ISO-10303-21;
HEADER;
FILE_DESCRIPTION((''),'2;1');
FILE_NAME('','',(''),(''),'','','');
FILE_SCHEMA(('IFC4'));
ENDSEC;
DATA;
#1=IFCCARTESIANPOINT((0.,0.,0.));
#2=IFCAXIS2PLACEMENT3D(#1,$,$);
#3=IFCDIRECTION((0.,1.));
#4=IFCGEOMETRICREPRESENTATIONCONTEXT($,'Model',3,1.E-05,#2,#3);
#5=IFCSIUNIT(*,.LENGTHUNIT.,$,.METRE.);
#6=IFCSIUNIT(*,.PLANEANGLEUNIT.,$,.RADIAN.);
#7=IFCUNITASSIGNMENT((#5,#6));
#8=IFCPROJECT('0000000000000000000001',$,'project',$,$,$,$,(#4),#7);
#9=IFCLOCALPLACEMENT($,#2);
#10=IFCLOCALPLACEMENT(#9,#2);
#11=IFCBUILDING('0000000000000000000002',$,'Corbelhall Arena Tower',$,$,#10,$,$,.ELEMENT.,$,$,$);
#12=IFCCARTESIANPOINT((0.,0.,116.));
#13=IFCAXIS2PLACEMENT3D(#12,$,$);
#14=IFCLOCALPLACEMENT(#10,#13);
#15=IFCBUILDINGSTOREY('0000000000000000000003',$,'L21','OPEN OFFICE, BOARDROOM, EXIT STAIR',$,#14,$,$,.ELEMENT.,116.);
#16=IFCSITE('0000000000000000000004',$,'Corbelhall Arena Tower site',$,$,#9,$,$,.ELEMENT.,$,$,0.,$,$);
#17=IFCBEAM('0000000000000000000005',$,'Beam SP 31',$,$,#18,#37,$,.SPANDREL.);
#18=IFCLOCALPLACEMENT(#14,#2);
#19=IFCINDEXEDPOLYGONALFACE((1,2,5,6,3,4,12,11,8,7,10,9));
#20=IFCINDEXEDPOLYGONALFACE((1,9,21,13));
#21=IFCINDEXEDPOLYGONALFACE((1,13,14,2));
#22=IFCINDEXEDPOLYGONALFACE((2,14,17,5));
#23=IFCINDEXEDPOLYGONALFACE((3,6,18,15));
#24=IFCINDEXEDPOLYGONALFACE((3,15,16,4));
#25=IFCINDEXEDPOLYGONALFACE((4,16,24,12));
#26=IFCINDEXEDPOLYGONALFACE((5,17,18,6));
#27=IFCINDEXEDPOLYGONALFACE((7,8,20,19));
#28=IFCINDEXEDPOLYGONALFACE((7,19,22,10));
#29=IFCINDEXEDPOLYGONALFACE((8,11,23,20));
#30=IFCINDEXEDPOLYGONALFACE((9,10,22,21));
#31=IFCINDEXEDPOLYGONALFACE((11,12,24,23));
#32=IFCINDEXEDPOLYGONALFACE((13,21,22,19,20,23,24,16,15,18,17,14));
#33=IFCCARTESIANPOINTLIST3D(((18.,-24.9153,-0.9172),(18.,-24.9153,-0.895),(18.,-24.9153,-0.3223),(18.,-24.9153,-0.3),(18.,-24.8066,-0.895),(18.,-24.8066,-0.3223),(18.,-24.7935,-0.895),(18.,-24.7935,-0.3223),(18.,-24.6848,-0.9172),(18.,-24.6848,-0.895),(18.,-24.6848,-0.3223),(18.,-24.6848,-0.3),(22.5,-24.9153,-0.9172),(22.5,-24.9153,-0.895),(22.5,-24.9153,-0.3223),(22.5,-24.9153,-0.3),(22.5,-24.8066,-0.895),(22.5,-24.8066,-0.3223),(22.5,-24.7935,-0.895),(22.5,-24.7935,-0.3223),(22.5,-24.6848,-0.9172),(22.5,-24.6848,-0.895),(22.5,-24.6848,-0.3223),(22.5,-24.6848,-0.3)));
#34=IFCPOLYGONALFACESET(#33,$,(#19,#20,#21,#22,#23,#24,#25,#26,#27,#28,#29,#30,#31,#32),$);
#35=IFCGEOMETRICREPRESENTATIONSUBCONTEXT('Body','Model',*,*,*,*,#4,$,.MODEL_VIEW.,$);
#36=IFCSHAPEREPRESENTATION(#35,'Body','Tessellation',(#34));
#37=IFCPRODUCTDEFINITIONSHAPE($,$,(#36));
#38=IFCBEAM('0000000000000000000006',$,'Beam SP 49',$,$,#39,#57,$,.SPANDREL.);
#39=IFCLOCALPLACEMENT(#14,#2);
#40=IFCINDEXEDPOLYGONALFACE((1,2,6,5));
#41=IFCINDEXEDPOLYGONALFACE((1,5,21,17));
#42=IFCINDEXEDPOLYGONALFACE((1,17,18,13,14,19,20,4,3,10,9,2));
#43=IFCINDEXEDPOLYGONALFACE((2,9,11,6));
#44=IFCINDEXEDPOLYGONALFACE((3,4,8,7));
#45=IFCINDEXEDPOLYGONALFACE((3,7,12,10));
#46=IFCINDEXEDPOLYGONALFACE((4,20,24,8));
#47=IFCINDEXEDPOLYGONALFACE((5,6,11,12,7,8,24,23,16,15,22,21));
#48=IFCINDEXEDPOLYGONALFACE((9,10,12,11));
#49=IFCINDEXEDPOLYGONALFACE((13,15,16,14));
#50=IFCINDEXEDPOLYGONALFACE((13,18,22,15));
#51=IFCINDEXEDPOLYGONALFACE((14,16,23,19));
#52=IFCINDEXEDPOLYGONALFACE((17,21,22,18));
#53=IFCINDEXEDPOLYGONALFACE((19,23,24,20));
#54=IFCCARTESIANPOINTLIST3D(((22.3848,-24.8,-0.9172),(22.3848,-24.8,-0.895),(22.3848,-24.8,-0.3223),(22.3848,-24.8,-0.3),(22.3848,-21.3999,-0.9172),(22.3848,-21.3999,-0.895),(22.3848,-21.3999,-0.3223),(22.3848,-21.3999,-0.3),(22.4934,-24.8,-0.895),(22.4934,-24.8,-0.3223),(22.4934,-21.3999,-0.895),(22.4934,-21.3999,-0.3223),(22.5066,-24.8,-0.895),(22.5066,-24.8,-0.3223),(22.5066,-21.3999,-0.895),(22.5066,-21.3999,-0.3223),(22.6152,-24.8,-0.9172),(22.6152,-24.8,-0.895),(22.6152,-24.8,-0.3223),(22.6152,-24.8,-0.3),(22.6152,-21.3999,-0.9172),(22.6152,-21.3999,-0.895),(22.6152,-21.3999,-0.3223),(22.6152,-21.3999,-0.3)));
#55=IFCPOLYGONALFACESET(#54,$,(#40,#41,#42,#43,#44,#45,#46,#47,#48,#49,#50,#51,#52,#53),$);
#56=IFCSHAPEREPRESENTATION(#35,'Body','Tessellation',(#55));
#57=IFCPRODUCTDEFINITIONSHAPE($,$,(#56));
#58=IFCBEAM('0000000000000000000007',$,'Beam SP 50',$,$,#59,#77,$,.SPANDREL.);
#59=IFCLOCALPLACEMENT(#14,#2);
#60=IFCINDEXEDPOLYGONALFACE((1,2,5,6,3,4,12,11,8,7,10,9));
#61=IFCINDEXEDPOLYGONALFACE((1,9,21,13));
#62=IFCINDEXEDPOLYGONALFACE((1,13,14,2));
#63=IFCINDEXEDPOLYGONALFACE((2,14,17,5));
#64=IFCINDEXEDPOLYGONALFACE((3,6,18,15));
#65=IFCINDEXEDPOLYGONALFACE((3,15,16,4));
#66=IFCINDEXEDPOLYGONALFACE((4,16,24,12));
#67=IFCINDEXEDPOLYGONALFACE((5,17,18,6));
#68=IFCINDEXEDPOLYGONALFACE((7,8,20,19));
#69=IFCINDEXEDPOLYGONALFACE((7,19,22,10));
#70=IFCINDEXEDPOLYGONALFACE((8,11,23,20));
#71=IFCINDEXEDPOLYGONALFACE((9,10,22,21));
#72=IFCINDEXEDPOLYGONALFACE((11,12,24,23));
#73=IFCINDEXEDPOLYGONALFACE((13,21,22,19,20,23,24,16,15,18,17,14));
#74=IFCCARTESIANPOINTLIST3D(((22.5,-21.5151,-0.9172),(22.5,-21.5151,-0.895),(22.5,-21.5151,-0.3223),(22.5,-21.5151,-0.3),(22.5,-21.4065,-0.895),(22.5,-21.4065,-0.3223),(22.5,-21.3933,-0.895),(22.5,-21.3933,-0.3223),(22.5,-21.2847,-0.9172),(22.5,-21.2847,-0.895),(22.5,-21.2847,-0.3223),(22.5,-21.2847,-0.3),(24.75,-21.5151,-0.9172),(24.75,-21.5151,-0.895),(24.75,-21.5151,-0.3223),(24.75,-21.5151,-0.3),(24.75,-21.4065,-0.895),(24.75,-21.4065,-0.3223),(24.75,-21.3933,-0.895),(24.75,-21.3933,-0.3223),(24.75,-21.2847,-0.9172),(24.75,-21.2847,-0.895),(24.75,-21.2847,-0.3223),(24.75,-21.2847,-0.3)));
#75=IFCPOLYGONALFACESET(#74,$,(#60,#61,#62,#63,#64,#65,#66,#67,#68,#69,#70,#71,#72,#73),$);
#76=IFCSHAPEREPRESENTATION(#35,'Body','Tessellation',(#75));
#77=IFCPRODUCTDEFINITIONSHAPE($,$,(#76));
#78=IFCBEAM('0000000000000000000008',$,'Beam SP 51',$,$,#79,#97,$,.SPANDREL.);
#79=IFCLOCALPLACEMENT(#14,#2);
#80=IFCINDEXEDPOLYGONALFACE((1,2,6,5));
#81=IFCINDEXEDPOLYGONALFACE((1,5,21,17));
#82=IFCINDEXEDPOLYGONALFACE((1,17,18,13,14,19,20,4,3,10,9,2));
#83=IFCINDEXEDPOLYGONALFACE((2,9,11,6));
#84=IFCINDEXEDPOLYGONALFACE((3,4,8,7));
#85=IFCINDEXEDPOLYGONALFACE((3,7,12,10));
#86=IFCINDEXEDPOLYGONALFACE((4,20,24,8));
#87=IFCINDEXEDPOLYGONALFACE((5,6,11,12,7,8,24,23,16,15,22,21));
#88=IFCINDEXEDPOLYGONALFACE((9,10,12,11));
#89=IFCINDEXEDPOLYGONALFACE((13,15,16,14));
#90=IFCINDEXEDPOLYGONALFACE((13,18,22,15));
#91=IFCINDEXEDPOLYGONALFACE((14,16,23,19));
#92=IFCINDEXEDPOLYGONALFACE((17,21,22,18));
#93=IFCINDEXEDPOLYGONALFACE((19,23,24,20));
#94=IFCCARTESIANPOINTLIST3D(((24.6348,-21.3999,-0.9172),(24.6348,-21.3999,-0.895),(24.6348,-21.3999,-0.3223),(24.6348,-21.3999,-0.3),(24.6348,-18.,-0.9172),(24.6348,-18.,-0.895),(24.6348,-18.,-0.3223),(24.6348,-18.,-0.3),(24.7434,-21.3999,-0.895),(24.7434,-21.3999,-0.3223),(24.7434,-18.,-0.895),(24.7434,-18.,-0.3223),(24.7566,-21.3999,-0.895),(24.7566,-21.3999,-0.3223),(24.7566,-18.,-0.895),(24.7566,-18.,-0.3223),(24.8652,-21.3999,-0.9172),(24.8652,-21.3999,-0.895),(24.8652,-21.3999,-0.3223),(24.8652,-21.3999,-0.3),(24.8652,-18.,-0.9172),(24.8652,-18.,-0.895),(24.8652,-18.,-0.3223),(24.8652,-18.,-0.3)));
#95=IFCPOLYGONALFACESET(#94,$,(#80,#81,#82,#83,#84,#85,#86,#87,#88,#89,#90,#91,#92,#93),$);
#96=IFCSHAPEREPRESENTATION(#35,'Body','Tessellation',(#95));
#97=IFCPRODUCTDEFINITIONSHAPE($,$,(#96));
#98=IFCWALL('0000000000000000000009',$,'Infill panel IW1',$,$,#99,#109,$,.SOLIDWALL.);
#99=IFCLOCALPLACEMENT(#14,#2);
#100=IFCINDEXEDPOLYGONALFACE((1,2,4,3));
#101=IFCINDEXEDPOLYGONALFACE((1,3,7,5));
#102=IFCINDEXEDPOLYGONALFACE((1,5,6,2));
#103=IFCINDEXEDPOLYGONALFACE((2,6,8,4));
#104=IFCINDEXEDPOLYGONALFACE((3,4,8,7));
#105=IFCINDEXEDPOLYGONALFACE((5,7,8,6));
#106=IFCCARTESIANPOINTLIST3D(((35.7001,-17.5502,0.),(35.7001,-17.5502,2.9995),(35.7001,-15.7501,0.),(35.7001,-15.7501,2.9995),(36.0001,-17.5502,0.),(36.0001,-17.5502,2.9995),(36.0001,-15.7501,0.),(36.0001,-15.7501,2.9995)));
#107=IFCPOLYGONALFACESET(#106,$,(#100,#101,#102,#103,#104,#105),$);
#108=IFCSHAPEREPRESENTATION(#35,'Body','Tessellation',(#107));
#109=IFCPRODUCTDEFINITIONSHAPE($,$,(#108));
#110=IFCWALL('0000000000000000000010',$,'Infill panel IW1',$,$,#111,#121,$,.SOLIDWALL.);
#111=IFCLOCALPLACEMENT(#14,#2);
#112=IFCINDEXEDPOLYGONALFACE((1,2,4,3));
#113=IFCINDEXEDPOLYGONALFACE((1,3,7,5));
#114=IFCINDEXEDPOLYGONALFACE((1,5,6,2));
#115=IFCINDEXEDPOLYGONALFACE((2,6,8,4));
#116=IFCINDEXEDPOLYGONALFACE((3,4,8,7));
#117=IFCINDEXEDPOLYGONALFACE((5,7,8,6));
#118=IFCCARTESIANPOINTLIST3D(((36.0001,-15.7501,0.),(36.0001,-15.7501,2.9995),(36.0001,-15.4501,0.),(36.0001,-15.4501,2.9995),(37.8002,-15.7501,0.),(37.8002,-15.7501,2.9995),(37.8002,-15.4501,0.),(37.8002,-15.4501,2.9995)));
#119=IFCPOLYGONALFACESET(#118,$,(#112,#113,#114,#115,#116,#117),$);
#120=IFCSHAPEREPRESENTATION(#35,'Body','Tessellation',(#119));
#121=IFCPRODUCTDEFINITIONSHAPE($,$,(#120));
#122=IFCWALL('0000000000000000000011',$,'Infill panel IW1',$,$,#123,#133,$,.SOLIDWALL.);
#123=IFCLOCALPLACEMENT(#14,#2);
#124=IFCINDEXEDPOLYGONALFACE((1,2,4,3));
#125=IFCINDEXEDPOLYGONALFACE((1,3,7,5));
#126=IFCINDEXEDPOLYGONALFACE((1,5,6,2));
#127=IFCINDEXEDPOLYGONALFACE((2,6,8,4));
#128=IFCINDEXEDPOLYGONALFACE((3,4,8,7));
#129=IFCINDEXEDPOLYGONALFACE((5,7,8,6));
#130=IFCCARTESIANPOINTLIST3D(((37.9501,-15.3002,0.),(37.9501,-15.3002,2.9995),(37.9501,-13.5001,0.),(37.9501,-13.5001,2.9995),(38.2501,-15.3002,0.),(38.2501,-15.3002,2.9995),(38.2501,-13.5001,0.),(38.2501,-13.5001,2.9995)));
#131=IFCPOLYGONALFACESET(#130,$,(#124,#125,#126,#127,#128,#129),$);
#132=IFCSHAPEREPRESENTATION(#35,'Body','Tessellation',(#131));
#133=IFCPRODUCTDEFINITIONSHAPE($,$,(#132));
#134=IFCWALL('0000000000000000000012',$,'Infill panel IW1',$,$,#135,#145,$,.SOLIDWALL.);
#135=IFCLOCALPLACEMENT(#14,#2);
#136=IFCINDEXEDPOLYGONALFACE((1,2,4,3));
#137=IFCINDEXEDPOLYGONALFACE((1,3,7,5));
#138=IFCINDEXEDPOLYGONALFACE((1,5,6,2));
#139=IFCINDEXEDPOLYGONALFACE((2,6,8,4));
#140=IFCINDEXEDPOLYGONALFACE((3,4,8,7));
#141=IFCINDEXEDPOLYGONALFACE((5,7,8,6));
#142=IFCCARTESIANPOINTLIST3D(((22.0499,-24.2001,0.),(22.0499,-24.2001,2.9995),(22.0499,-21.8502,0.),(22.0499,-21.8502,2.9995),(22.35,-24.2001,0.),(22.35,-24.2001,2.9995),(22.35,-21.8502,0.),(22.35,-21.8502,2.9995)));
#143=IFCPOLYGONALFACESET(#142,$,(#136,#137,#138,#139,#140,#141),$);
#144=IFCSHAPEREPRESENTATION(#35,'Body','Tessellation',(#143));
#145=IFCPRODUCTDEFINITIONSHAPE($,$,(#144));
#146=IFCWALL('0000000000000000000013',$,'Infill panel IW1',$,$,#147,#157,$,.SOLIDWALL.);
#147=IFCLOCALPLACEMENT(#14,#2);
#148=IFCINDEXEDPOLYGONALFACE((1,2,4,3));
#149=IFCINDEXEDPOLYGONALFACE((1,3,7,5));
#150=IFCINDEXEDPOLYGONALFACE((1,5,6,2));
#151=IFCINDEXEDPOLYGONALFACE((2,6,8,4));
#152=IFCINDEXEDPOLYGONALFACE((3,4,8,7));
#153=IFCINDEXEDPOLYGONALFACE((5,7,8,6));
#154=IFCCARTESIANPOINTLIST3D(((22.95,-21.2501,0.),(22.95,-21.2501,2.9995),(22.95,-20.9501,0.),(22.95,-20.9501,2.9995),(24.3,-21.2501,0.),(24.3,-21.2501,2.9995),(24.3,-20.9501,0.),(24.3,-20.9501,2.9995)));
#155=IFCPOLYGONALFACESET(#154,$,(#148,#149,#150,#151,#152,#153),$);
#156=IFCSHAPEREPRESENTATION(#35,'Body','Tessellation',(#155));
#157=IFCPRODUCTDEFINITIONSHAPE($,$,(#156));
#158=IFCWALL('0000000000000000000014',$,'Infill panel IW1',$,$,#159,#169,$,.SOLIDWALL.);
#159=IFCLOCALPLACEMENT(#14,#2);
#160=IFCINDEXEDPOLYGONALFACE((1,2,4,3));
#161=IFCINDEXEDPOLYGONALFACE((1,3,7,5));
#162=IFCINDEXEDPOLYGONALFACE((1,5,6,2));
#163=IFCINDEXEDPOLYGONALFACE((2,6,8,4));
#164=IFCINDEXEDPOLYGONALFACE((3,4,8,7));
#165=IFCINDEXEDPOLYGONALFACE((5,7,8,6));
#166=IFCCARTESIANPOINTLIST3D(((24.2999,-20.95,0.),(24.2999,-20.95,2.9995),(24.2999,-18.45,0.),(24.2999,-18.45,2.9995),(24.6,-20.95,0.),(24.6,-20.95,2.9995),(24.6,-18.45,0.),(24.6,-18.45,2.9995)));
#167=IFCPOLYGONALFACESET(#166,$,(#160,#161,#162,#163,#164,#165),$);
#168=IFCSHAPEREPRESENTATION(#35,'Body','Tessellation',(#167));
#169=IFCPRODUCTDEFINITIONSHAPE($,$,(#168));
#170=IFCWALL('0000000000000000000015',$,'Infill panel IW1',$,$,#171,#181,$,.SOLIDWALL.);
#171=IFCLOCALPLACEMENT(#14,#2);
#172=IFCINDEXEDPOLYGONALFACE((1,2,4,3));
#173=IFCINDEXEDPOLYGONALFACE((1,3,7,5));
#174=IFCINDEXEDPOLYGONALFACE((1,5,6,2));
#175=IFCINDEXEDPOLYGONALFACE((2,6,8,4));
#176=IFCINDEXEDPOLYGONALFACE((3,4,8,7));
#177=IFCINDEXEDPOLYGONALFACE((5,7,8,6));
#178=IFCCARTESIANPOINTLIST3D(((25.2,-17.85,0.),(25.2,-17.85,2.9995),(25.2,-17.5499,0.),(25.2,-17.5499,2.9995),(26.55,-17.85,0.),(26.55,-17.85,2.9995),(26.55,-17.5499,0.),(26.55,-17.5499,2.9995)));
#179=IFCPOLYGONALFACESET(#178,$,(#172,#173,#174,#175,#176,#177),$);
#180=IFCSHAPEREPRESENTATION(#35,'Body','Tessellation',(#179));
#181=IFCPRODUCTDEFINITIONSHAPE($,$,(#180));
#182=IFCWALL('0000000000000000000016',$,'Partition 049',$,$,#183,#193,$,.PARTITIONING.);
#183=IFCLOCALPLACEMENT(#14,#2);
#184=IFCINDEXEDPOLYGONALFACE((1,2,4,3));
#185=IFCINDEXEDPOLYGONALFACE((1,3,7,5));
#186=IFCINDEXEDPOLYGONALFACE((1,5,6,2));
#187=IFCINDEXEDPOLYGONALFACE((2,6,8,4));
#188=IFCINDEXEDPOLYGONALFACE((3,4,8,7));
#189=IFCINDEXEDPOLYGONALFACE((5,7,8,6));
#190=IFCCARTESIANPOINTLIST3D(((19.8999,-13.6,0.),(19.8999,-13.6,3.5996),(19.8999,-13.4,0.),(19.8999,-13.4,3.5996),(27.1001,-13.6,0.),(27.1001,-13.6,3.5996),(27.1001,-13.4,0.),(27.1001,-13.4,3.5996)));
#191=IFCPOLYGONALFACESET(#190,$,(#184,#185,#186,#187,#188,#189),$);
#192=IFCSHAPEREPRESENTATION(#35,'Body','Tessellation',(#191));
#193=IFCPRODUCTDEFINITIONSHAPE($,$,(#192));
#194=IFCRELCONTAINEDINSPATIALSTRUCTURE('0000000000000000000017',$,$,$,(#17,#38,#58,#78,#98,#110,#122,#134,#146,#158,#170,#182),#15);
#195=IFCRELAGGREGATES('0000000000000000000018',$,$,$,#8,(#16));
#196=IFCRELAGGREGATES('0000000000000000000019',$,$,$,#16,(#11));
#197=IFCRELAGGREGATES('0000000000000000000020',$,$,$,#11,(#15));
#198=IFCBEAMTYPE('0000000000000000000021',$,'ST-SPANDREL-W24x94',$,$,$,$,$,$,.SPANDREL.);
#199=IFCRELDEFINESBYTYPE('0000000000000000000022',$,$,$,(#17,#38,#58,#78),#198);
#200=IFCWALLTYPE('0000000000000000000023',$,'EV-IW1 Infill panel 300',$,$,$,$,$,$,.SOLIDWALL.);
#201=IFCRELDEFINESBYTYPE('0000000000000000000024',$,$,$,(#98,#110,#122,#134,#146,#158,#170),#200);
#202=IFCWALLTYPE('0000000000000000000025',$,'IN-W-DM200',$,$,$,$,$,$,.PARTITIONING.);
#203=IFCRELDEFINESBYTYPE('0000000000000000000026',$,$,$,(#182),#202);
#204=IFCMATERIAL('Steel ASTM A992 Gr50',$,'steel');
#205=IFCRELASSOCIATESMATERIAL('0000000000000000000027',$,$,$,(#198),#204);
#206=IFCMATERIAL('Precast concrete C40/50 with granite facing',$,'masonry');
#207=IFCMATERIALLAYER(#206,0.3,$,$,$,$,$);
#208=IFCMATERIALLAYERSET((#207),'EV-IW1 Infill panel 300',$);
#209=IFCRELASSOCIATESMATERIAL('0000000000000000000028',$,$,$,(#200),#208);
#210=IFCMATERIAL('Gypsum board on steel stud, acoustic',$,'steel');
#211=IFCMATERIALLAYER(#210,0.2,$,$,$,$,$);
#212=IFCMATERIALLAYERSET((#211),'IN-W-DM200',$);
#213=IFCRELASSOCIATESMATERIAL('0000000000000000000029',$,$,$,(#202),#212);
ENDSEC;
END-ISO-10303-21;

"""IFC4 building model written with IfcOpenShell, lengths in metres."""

from ifc_helpers import new_model, si_unit, direction, frame, frame_2d, origin, origin_2d, place, context, subcontext, project, spatial, rectangle, i_section, extrude, material, layer, layer_set, material_profile, profile_set, type_object, element, save


model = new_model("IFC4")

# Units and contexts
model_context = context("Model", 3, precision=1e-05, world=origin(), true_north=direction((0.0, 1.0)))
body_context = subcontext(model_context, "Body", "Model", "MODEL_VIEW")
ifc_project = project(units=[si_unit("LENGTHUNIT", "METRE"), si_unit("PLANEANGLEUNIT", "RADIAN")], contexts=[model_context])

# Site, building, storey
site_placement = place(None, origin())
site = spatial("IfcSite", under=ifc_project, at=site_placement, Name="Corbelhall Arena Tower site", CompositionType="ELEMENT", RefElevation=0.0)
building_placement = place(site_placement, origin())
building = spatial("IfcBuilding", under=site, at=building_placement, Name="Corbelhall Arena Tower", CompositionType="ELEMENT")
storey_placement = place(building_placement, frame((0.0, 0.0, 116.0)))
storey = spatial("IfcBuildingStorey", under=building, at=storey_placement, Name="L21", Description="OPEN OFFICE, BOARDROOM, EXIT STAIR", CompositionType="ELEMENT", Elevation=116.0)

# Beams
ifc_material_1 = material(Name="Steel ASTM A992 Gr50", Category="steel")
ifc_material_profile_1 = material_profile(ifc_material_1, i_section(OverallWidth=0.2305, OverallDepth=0.6172, WebThickness=0.0132, FlangeThickness=0.0222, at=origin_2d()))
ifc_profile_set_1 = profile_set([ifc_material_profile_1], Name="Steel ASTM A992 Gr50")
beam_type = type_object("IfcBeamType", Name="ST-SPANDREL-W24x94", PredefinedType="SPANDREL", material=ifc_profile_set_1)
beam_1_placement = place(storey_placement, frame((22.5, -24.8, -0.6086), z_axis=(-1.0, 0.0, 0.0), x_axis=(0.0, -1.0, 0.0)))
element("IfcBeam", 1, at=beam_1_placement, inside=storey, type_object=beam_type, Name="Beam SP 31", PredefinedType="SPANDREL", context=body_context, shape_type="SweptSolid", body=[
    extrude(i_section(OverallWidth=0.2305, OverallDepth=0.6172, WebThickness=0.0132, FlangeThickness=0.0222, at=origin_2d()), origin(), (0.0, 0.0, 1.0), 4.5),
])
beam_2_placement = place(storey_placement, frame((22.5, -21.3999, -0.6086), z_axis=(0.0, -1.0, 0.0), x_axis=(1.0, 0.0, 0.0)))
element("IfcBeam", 2, at=beam_2_placement, inside=storey, type_object=beam_type, Name="Beam SP 49", PredefinedType="SPANDREL", context=body_context, shape_type="SweptSolid", body=[
    extrude(i_section(OverallWidth=0.2305, OverallDepth=0.6172, WebThickness=0.0132, FlangeThickness=0.0222, at=origin_2d()), origin(), (0.0, 0.0, 1.0), 3.4001),
])
beam_3_placement = place(storey_placement, frame((24.75, -21.3999, -0.6086), z_axis=(-1.0, 0.0, 0.0), x_axis=(0.0, -1.0, 0.0)))
element("IfcBeam", 3, at=beam_3_placement, inside=storey, type_object=beam_type, Name="Beam SP 50", PredefinedType="SPANDREL", context=body_context, shape_type="SweptSolid", body=[
    extrude(i_section(OverallWidth=0.2305, OverallDepth=0.6172, WebThickness=0.0132, FlangeThickness=0.0222, at=origin_2d()), origin(), (0.0, 0.0, 1.0), 2.25),
])
beam_4_placement = place(storey_placement, frame((24.75, -18.0, -0.6086), z_axis=(0.0, -1.0, 0.0), x_axis=(1.0, 0.0, 0.0)))
element("IfcBeam", 4, at=beam_4_placement, inside=storey, type_object=beam_type, Name="Beam SP 51", PredefinedType="SPANDREL", context=body_context, shape_type="SweptSolid", body=[
    extrude(i_section(OverallWidth=0.2305, OverallDepth=0.6172, WebThickness=0.0132, FlangeThickness=0.0222, at=origin_2d()), origin(), (0.0, 0.0, 1.0), 3.3999),
])

# Walls
ifc_material_2 = material(Name="Precast concrete C40/50 with granite facing", Category="masonry")
ifc_layer_1 = layer(ifc_material_2, 0.3)
ifc_layer_set_1 = layer_set([ifc_layer_1], Name="EV-IW1 Infill panel 300")
wall_type_1 = type_object("IfcWallType", Name="EV-IW1 Infill panel 300", PredefinedType="SOLIDWALL", material=ifc_layer_set_1)
for number, where, z_axis, x_axis, name in (
    (5, (35.8501, -17.55, 0.0), (0.0, 0.0, 1.0), (0.0, 1.0, 0.0), "Infill panel IW1"),
    (6, (37.8, -15.6001, 0.0), (0.0, 0.0, 1.0), (-1.0, 0.0, 0.0), "Infill panel IW1"),
    (7, (38.1001, -15.3, 0.0), (0.0, 0.0, 1.0), (0.0, 1.0, 0.0), "Infill panel IW1"),
):
    element("IfcWall", number, at=place(storey_placement, frame(where, z_axis=z_axis, x_axis=x_axis)), inside=storey, type_object=wall_type_1, Name=name, PredefinedType="SOLIDWALL", context=body_context, shape_type="SweptSolid", body=[
        extrude(rectangle(XDim=1.8, YDim=0.3, at=frame_2d((0.8999, 0.0))), origin(), (0.0, 0.0, 1.0), 2.9995),
    ])

# Walls
wall_1_placement = place(storey_placement, frame((22.2, -24.2, 0.0), z_axis=(0.0, 0.0, 1.0), x_axis=(0.0, 1.0, 0.0)))
element("IfcWall", 8, at=wall_1_placement, inside=storey, type_object=wall_type_1, Name="Infill panel IW1", PredefinedType="SOLIDWALL", context=body_context, shape_type="SweptSolid", body=[
    extrude(rectangle(XDim=2.3499, YDim=0.3, at=frame_2d((1.1748, 0.0))), origin(), (0.0, 0.0, 1.0), 2.9995),
])
wall_2_placement = place(storey_placement, frame((22.95, -21.1001, 0.0), z_axis=(0.0, 0.0, 1.0), x_axis=(1.0, 0.0, 0.0)))
element("IfcWall", 9, at=wall_2_placement, inside=storey, type_object=wall_type_1, Name="Infill panel IW1", PredefinedType="SOLIDWALL", context=body_context, shape_type="SweptSolid", body=[
    extrude(rectangle(XDim=1.3501, YDim=0.3, at=frame_2d((0.675, 0.0))), origin(), (0.0, 0.0, 1.0), 2.9995),
])
wall_3_placement = place(storey_placement, frame((24.45, -20.95, 0.0), z_axis=(0.0, 0.0, 1.0), x_axis=(0.0, 1.0, 0.0)))
element("IfcWall", 10, at=wall_3_placement, inside=storey, type_object=wall_type_1, Name="Infill panel IW1", PredefinedType="SOLIDWALL", context=body_context, shape_type="SweptSolid", body=[
    extrude(rectangle(XDim=2.5, YDim=0.3, at=frame_2d((1.25, 0.0))), origin(), (0.0, 0.0, 1.0), 2.9995),
])
wall_4_placement = place(storey_placement, frame((25.2, -17.7, 0.0), z_axis=(0.0, 0.0, 1.0), x_axis=(1.0, 0.0, 0.0)))
element("IfcWall", 11, at=wall_4_placement, inside=storey, type_object=wall_type_1, Name="Infill panel IW1", PredefinedType="SOLIDWALL", context=body_context, shape_type="SweptSolid", body=[
    extrude(rectangle(XDim=1.3501, YDim=0.3, at=frame_2d((0.675, 0.0))), origin(), (0.0, 0.0, 1.0), 2.9995),
])

# Wall
ifc_material_3 = material(Name="Gypsum board on steel stud, acoustic", Category="steel")
ifc_layer_2 = layer(ifc_material_3, 0.2)
ifc_layer_set_2 = layer_set([ifc_layer_2], Name="IN-W-DM200")
wall_type_2 = type_object("IfcWallType", Name="IN-W-DM200", PredefinedType="PARTITIONING", material=ifc_layer_set_2)
wall_5_placement = place(storey_placement, frame((19.8999, -13.5, 0.0), z_axis=(0.0, 0.0, 1.0), x_axis=(1.0, 0.0, 0.0)))
element("IfcWall", 12, at=wall_5_placement, inside=storey, type_object=wall_type_2, Name="Partition 049", PredefinedType="PARTITIONING", context=body_context, shape_type="SweptSolid", body=[
    extrude(rectangle(XDim=7.2002, YDim=0.2, at=frame_2d((3.6001, 0.0))), origin(), (0.0, 0.0, 1.0), 3.5996),
])

save(model, "model.ifc")
